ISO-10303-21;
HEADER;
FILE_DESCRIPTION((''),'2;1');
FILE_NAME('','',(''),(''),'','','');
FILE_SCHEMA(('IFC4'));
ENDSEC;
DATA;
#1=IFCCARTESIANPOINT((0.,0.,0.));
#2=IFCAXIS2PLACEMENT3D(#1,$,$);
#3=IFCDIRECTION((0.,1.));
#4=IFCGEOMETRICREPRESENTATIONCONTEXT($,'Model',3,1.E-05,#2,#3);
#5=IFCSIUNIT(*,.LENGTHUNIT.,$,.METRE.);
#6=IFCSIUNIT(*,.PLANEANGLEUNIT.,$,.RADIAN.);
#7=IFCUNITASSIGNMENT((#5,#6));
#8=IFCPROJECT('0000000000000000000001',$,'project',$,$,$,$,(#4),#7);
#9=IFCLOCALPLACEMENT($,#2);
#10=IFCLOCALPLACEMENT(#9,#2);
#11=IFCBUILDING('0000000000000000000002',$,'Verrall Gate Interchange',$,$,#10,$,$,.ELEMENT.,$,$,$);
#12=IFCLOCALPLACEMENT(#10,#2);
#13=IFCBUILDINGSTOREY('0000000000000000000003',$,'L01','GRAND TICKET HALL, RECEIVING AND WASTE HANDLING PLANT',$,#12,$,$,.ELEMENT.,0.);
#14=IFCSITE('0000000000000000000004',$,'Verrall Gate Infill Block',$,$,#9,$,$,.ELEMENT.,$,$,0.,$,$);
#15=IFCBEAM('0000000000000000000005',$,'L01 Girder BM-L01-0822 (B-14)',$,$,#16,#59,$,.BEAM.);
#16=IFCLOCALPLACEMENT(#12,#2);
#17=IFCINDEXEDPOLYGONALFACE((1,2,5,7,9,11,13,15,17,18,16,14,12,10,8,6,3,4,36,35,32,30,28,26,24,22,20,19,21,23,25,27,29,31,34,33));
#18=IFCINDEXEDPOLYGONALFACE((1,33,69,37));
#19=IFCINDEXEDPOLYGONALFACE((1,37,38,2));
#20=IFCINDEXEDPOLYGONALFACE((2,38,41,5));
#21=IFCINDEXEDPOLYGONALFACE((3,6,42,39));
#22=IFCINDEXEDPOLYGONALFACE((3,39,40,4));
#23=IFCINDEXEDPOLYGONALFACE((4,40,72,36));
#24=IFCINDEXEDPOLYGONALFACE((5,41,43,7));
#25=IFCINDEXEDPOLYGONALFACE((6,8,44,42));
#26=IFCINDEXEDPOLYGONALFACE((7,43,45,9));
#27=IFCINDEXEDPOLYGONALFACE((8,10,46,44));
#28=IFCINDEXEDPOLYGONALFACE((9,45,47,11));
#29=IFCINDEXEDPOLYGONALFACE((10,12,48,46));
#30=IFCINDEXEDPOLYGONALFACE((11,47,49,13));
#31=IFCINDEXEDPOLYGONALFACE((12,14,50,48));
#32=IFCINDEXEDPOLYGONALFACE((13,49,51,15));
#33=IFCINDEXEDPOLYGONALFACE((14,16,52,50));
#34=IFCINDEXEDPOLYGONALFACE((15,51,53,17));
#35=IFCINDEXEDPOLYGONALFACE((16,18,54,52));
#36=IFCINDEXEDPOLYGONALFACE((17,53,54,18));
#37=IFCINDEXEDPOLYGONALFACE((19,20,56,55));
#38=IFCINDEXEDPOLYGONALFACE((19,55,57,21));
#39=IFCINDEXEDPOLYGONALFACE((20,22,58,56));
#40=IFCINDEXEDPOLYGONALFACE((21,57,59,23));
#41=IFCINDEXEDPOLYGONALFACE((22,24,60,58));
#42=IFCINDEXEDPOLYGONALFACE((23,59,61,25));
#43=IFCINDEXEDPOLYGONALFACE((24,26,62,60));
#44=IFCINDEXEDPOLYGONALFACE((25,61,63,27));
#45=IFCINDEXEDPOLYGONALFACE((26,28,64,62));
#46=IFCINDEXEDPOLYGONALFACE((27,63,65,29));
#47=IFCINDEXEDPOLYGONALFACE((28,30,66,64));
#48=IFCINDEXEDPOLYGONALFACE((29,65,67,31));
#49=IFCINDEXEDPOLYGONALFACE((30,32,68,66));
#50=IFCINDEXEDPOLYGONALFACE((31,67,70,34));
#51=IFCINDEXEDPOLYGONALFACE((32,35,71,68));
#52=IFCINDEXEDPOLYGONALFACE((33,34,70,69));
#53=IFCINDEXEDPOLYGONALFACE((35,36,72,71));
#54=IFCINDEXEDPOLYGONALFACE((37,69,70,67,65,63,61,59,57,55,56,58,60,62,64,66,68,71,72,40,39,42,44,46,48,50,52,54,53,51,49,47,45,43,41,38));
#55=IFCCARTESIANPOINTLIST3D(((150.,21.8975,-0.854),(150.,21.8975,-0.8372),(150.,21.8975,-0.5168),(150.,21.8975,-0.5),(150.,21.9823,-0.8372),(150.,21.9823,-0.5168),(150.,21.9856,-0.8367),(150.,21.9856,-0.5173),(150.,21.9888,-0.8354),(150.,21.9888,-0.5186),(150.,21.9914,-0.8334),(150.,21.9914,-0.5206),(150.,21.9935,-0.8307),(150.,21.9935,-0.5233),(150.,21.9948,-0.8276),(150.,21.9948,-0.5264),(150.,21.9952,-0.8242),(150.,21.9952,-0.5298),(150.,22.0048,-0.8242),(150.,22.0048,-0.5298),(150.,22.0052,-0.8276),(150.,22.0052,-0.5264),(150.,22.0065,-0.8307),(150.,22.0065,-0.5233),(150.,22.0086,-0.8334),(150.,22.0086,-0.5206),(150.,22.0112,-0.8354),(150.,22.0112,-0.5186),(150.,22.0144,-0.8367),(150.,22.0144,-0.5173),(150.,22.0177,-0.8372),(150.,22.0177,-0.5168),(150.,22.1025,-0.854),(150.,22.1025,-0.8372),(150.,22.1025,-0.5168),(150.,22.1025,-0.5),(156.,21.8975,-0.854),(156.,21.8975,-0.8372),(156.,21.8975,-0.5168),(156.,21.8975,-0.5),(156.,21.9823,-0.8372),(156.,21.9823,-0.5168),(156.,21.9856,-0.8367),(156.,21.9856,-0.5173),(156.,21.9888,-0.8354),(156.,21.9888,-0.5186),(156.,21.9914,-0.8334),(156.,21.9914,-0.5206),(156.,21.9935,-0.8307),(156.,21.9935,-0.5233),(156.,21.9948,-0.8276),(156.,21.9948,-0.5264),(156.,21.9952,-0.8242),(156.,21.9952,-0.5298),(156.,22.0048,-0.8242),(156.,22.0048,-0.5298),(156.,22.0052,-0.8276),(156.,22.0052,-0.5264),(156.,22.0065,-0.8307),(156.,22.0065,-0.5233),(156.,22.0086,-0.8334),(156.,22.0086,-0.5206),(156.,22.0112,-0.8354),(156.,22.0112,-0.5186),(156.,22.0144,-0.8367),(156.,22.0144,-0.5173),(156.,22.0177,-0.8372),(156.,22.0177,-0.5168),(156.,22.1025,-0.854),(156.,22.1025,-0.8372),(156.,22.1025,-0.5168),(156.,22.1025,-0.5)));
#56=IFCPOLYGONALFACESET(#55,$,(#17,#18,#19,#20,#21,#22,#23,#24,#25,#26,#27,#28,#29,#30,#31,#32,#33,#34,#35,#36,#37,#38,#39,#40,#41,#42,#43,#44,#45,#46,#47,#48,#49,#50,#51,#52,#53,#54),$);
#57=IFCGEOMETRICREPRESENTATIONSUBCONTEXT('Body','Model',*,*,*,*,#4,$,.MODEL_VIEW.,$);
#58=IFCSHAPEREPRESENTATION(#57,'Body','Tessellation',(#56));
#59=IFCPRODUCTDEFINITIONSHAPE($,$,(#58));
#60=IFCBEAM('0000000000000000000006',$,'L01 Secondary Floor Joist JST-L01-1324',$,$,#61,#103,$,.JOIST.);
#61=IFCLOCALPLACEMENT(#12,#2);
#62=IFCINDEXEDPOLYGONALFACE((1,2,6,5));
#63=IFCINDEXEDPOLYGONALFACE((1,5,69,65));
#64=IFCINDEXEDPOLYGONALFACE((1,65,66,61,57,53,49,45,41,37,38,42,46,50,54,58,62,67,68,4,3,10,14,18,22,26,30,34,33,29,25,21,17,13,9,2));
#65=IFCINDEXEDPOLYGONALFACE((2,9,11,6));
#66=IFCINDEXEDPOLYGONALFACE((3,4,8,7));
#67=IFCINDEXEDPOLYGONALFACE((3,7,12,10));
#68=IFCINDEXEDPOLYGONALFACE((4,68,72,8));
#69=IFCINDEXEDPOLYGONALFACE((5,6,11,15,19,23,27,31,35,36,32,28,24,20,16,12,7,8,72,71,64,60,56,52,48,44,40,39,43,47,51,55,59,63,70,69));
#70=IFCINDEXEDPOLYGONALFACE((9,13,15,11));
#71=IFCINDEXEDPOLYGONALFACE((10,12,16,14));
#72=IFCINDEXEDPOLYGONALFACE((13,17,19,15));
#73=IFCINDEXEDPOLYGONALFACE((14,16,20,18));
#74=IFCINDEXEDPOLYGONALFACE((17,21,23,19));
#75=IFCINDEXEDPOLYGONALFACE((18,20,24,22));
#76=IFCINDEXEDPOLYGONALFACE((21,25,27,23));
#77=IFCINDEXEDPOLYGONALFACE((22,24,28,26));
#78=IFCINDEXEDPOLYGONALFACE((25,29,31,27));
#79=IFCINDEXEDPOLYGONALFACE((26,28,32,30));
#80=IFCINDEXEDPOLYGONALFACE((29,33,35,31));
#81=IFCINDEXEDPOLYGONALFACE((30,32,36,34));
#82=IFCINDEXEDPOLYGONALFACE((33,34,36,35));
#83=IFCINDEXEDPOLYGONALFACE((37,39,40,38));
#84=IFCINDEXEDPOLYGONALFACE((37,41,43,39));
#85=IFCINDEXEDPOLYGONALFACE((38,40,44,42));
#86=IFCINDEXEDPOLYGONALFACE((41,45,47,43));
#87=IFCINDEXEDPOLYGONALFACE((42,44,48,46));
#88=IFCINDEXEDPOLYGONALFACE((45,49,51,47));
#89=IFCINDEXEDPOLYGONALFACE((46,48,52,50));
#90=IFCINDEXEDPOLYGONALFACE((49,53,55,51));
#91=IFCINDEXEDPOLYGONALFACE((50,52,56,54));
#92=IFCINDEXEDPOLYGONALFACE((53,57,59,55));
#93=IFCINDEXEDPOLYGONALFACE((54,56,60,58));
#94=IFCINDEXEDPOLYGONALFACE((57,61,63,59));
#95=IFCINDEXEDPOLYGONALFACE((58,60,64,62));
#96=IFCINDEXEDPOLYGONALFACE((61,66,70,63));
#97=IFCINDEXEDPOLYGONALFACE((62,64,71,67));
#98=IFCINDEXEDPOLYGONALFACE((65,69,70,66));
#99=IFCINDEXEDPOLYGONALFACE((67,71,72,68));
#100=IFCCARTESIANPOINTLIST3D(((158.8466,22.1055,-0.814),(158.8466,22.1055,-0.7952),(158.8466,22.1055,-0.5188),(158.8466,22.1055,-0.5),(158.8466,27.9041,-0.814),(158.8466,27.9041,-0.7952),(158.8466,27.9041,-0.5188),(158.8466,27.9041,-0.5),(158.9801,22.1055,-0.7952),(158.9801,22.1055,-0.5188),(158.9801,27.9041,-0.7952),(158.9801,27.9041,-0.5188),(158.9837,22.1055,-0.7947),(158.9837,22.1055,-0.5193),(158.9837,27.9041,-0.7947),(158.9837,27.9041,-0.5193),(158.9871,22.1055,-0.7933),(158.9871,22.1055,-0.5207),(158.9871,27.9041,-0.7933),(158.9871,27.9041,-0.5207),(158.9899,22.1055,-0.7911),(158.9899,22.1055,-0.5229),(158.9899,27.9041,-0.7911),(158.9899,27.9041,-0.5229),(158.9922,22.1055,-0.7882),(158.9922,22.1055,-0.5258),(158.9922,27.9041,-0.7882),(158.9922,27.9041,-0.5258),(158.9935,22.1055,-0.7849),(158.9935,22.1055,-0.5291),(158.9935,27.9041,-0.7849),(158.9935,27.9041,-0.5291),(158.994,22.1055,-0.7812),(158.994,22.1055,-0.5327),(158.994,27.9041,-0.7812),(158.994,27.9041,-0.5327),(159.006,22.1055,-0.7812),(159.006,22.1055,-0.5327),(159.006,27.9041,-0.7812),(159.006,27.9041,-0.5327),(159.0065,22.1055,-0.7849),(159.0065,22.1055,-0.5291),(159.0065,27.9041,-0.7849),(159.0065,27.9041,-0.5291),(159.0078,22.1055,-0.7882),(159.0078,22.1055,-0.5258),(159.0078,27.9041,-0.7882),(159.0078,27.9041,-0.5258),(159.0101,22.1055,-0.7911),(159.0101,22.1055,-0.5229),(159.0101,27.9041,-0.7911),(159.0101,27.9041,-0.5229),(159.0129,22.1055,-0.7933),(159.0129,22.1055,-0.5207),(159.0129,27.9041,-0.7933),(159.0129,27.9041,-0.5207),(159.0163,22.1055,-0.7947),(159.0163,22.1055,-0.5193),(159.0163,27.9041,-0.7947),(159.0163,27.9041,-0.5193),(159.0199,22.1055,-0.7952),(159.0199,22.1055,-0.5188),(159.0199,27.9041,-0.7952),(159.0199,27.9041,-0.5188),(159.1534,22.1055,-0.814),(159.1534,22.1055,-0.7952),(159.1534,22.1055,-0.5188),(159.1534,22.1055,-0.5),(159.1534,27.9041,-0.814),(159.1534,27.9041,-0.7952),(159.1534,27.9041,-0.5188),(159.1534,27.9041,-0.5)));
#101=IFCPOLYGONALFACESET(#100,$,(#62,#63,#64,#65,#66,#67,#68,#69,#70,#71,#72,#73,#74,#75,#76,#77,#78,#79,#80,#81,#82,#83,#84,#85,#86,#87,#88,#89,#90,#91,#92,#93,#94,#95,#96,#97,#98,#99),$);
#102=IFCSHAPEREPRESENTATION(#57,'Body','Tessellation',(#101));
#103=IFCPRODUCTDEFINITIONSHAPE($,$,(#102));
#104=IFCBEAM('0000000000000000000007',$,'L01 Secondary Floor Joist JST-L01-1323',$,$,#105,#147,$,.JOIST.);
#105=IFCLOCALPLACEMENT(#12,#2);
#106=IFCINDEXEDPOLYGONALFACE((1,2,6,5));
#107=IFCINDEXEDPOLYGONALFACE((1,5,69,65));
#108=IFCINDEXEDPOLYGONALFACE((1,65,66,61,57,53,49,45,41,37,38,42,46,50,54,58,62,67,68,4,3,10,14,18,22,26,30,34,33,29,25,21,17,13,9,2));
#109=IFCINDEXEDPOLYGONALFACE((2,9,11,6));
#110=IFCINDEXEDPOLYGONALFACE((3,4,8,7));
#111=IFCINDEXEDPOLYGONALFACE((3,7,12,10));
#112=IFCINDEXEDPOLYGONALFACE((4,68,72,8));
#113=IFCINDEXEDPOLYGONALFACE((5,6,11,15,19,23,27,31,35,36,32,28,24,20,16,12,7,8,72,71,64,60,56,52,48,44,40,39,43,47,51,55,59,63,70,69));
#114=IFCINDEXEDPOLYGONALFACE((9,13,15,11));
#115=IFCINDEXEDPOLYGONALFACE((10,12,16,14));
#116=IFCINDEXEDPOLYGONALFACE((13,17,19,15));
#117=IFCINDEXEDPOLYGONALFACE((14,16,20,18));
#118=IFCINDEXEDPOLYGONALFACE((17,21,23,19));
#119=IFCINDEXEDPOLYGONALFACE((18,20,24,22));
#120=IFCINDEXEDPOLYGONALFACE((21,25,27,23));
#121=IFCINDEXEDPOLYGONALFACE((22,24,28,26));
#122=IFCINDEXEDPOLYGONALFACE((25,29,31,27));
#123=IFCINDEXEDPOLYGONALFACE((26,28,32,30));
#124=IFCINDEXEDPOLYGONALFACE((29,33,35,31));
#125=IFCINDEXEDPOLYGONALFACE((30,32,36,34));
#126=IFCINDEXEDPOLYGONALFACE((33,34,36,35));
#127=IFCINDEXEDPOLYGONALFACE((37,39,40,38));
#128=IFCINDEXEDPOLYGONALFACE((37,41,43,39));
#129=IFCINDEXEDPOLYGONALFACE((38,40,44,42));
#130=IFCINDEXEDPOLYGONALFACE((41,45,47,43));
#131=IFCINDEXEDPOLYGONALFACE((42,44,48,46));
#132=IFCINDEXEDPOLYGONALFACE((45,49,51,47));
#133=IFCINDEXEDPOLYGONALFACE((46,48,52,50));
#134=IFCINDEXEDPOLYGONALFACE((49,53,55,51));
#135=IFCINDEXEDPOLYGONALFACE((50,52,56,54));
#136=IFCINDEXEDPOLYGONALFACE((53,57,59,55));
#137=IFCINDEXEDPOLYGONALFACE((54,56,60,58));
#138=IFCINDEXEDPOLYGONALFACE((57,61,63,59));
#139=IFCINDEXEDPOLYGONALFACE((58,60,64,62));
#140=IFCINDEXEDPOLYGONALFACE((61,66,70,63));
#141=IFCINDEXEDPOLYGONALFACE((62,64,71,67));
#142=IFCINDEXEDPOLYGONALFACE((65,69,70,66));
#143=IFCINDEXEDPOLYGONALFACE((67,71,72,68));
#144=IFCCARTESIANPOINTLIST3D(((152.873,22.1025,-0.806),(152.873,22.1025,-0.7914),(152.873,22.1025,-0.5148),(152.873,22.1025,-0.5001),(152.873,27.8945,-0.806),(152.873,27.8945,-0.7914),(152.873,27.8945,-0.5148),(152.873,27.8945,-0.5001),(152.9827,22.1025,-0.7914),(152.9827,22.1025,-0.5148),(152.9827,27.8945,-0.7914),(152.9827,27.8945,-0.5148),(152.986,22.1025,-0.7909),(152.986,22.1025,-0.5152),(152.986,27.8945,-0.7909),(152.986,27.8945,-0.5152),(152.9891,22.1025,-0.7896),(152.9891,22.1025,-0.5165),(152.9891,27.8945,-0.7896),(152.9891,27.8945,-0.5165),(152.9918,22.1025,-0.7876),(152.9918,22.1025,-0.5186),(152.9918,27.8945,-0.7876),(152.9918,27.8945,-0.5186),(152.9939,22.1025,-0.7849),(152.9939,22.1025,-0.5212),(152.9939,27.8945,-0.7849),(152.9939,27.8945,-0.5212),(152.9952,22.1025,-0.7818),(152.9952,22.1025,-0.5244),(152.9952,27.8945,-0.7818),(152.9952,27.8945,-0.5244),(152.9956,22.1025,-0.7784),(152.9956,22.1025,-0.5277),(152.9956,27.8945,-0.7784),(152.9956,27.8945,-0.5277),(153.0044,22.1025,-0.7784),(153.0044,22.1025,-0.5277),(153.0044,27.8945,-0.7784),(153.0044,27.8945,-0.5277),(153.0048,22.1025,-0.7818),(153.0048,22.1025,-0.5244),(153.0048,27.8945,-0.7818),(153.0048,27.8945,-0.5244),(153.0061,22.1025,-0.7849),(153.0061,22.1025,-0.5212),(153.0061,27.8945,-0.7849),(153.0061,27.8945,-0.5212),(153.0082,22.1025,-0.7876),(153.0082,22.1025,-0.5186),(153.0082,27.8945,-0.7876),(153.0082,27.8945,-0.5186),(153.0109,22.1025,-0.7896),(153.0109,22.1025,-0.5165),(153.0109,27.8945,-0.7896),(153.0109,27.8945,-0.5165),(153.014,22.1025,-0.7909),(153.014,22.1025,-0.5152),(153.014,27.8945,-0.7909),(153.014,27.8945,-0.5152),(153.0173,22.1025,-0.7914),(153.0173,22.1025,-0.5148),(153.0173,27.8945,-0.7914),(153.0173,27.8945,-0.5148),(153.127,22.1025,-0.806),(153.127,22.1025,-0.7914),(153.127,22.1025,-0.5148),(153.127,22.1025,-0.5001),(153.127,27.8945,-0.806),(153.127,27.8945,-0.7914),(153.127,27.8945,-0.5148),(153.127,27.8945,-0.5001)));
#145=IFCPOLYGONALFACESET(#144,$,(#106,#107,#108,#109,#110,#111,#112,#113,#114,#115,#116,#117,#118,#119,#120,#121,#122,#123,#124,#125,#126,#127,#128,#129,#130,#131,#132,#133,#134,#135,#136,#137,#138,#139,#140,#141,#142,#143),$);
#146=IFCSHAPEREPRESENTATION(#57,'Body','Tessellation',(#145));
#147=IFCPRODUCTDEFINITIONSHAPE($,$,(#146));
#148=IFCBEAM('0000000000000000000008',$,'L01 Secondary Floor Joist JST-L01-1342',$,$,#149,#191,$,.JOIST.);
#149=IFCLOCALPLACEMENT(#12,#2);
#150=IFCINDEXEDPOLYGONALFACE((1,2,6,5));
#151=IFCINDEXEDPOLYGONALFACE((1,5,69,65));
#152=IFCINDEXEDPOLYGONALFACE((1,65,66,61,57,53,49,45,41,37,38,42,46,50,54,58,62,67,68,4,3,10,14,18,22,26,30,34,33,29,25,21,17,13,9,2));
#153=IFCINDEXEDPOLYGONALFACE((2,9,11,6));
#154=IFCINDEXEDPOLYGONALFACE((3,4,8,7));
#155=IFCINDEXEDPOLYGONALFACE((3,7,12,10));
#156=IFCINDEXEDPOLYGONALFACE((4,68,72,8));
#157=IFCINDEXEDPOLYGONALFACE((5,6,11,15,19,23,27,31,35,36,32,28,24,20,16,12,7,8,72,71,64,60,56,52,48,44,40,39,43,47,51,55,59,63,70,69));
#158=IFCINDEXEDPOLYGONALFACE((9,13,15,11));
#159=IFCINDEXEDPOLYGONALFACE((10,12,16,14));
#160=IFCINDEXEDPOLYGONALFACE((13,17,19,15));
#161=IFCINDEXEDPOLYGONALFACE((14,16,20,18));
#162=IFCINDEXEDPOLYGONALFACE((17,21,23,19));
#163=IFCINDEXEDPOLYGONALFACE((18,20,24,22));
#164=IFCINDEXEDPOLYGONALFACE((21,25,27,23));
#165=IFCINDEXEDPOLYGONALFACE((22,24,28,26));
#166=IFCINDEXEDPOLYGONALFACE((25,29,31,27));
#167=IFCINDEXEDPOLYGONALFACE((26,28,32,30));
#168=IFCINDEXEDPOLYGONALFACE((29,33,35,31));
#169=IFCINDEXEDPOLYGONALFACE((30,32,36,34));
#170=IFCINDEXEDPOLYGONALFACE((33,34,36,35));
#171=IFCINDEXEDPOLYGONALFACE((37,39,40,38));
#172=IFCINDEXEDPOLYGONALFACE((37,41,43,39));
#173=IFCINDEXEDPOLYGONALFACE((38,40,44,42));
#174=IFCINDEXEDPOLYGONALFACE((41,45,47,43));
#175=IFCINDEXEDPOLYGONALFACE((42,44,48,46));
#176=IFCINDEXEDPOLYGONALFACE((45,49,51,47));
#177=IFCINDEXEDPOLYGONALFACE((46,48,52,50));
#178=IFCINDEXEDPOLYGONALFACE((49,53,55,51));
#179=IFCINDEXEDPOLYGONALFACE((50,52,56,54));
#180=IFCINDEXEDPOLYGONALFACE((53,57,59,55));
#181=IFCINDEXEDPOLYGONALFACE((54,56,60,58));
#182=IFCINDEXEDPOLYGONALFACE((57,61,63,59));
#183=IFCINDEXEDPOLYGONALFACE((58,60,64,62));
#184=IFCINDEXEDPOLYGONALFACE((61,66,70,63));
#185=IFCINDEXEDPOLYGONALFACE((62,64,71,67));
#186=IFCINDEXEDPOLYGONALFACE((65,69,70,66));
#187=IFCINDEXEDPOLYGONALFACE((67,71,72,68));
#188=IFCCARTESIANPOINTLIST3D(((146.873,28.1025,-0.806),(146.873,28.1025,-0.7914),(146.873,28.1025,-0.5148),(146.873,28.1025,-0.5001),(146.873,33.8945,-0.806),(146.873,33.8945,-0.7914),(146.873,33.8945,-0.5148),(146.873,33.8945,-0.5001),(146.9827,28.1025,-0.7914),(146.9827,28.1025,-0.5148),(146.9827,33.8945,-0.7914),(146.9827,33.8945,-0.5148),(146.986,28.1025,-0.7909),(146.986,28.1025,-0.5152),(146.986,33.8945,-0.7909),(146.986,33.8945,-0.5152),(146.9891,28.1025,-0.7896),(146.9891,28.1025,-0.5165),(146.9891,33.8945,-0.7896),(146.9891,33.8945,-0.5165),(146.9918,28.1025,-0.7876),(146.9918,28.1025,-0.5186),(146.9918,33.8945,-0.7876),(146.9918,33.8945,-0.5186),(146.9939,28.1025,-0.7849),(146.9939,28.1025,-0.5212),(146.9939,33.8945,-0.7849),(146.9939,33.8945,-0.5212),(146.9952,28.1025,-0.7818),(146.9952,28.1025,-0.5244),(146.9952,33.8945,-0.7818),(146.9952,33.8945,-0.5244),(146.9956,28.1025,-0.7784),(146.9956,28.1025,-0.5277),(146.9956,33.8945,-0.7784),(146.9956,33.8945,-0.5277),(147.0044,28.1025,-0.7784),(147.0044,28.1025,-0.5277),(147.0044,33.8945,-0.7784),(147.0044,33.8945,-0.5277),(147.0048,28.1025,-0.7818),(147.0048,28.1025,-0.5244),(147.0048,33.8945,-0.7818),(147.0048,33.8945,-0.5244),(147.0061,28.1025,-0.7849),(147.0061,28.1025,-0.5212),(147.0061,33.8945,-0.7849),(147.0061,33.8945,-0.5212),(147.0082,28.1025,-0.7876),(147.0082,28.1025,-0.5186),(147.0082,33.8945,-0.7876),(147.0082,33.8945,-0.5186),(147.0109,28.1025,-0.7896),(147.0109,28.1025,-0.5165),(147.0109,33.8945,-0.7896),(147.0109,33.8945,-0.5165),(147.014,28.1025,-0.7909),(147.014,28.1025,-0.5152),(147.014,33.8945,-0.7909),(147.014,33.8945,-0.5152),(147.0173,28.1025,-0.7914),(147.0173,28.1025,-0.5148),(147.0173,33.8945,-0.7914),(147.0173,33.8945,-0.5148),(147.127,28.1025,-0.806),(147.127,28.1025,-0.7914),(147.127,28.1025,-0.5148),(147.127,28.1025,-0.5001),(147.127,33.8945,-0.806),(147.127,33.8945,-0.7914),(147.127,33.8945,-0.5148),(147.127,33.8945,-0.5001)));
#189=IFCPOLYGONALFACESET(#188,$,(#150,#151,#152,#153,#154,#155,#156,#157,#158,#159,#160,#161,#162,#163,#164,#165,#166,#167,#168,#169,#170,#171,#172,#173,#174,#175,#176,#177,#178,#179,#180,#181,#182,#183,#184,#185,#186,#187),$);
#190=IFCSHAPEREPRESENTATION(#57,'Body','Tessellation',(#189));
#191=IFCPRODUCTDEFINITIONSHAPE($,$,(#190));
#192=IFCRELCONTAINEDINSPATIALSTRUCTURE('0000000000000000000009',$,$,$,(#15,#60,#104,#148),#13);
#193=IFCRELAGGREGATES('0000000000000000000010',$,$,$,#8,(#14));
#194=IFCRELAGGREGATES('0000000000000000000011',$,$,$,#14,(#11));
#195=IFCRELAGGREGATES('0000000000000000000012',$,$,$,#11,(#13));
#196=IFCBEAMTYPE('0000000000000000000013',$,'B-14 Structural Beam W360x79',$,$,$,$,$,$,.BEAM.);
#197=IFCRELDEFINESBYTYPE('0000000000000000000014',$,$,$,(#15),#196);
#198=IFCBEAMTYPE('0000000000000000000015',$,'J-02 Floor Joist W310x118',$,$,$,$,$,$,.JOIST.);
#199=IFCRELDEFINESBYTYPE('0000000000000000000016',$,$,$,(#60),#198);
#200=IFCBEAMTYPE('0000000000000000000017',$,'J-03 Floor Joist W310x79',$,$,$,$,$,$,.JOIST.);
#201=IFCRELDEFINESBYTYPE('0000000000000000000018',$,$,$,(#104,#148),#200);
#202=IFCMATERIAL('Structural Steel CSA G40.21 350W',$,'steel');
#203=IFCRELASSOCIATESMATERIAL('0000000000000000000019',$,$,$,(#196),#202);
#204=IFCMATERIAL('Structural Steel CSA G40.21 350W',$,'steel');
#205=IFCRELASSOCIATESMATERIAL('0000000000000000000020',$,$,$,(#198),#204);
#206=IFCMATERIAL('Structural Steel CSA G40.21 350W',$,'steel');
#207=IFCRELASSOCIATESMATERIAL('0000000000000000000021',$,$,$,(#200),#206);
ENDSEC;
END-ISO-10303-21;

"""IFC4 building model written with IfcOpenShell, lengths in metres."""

from ifc_helpers import new_model, si_unit, direction, frame, origin, origin_2d, place, context, subcontext, project, spatial, i_section, extrude, material, material_profile, profile_set, type_object, element, save


model = new_model("IFC4")

# Units and contexts
model_context = context("Model", 3, precision=1e-05, world=origin(), true_north=direction((0.0, 1.0)))
body_context = subcontext(model_context, "Body", "Model", "MODEL_VIEW")
ifc_project = project(units=[si_unit("LENGTHUNIT", "METRE"), si_unit("PLANEANGLEUNIT", "RADIAN")], contexts=[model_context])

# Site, building, storey
site_placement = place(None, origin())
site = spatial("IfcSite", under=ifc_project, at=site_placement, Name="Verrall Gate Infill Block", CompositionType="ELEMENT", RefElevation=0.0)
building_placement = place(site_placement, origin())
building = spatial("IfcBuilding", under=site, at=building_placement, Name="Verrall Gate Interchange", CompositionType="ELEMENT")
storey_placement = place(building_placement, origin())
storey = spatial("IfcBuildingStorey", under=building, at=storey_placement, Name="L01", Description="GRAND TICKET HALL, RECEIVING AND WASTE HANDLING PLANT", CompositionType="ELEMENT", Elevation=0.0)

# Beams
ifc_material_1 = material(Name="Structural Steel CSA G40.21 350W", Category="steel")
ifc_material_profile_1 = material_profile(ifc_material_1, i_section(OverallWidth=0.2051, OverallDepth=0.354, WebThickness=0.0095, FlangeThickness=0.0168, FilletRadius=0.0129, at=origin_2d()), Name="W360x79")
ifc_profile_set_1 = profile_set([ifc_material_profile_1], Name="Structural Steel CSA G40.21 350W")
beam_type_1 = type_object("IfcBeamType", Name="B-14 Structural Beam W360x79", PredefinedType="BEAM", material=ifc_profile_set_1)
beam_1_placement = place(storey_placement, frame((150.0, 22.0, -0.677), z_axis=(1.0, 0.0, 0.0), x_axis=(0.0, 1.0, 0.0)))
element("IfcBeam", 1, at=beam_1_placement, inside=storey, type_object=beam_type_1, Name="L01 Girder BM-L01-0822 (B-14)", PredefinedType="BEAM", context=body_context, shape_type="SweptSolid", body=[
    extrude(i_section(OverallWidth=0.2051, OverallDepth=0.354, WebThickness=0.0095, FlangeThickness=0.0168, FilletRadius=0.0129, at=origin_2d()), origin(), (0.0, 0.0, 1.0), 6.0),
])
ifc_material_2 = material(Name="Structural Steel CSA G40.21 350W", Category="steel")
ifc_material_profile_2 = material_profile(ifc_material_2, i_section(OverallWidth=0.3069, OverallDepth=0.314, WebThickness=0.012, FlangeThickness=0.0188, FilletRadius=0.0139, at=origin_2d()), Name="W310x118")
ifc_profile_set_2 = profile_set([ifc_material_profile_2], Name="Structural Steel CSA G40.21 350W")
beam_type_2 = type_object("IfcBeamType", Name="J-02 Floor Joist W310x118", PredefinedType="JOIST", material=ifc_profile_set_2)
beam_2_placement = place(storey_placement, frame((159.0, 22.1055, -0.657), z_axis=(0.0, 1.0, 0.0), x_axis=(-1.0, 0.0, 0.0)))
element("IfcBeam", 2, at=beam_2_placement, inside=storey, type_object=beam_type_2, Name="L01 Secondary Floor Joist JST-L01-1324", PredefinedType="JOIST", context=body_context, shape_type="SweptSolid", body=[
    extrude(i_section(OverallWidth=0.3069, OverallDepth=0.314, WebThickness=0.012, FlangeThickness=0.0188, FilletRadius=0.0139, at=origin_2d()), origin(), (0.0, 0.0, 1.0), 5.7986),
])
ifc_material_3 = material(Name="Structural Steel CSA G40.21 350W", Category="steel")
ifc_material_profile_3 = material_profile(ifc_material_3, i_section(OverallWidth=0.2539, OverallDepth=0.3059, WebThickness=0.0088, FlangeThickness=0.0146, FilletRadius=0.0129, at=origin_2d()), Name="W310x79")
ifc_profile_set_3 = profile_set([ifc_material_profile_3], Name="Structural Steel CSA G40.21 350W")
beam_type_3 = type_object("IfcBeamType", Name="J-03 Floor Joist W310x79", PredefinedType="JOIST", material=ifc_profile_set_3)
for number, where, z_axis, x_axis, name in (
    (3, (153.0, 22.1025, -0.6531), (0.0, 1.0, 0.0), (-1.0, 0.0, 0.0), "L01 Secondary Floor Joist JST-L01-1323"),
    (4, (147.0, 28.1025, -0.6531), (0.0, 1.0, 0.0), (-1.0, 0.0, 0.0), "L01 Secondary Floor Joist JST-L01-1342"),
):
    element("IfcBeam", number, at=place(storey_placement, frame(where, z_axis=z_axis, x_axis=x_axis)), inside=storey, type_object=beam_type_3, Name=name, PredefinedType="JOIST", context=body_context, shape_type="SweptSolid", body=[
        extrude(i_section(OverallWidth=0.2539, OverallDepth=0.3059, WebThickness=0.0088, FlangeThickness=0.0146, FilletRadius=0.0129, at=origin_2d()), origin(), (0.0, 0.0, 1.0), 5.792),
    ])

save(model, "model.ifc")
